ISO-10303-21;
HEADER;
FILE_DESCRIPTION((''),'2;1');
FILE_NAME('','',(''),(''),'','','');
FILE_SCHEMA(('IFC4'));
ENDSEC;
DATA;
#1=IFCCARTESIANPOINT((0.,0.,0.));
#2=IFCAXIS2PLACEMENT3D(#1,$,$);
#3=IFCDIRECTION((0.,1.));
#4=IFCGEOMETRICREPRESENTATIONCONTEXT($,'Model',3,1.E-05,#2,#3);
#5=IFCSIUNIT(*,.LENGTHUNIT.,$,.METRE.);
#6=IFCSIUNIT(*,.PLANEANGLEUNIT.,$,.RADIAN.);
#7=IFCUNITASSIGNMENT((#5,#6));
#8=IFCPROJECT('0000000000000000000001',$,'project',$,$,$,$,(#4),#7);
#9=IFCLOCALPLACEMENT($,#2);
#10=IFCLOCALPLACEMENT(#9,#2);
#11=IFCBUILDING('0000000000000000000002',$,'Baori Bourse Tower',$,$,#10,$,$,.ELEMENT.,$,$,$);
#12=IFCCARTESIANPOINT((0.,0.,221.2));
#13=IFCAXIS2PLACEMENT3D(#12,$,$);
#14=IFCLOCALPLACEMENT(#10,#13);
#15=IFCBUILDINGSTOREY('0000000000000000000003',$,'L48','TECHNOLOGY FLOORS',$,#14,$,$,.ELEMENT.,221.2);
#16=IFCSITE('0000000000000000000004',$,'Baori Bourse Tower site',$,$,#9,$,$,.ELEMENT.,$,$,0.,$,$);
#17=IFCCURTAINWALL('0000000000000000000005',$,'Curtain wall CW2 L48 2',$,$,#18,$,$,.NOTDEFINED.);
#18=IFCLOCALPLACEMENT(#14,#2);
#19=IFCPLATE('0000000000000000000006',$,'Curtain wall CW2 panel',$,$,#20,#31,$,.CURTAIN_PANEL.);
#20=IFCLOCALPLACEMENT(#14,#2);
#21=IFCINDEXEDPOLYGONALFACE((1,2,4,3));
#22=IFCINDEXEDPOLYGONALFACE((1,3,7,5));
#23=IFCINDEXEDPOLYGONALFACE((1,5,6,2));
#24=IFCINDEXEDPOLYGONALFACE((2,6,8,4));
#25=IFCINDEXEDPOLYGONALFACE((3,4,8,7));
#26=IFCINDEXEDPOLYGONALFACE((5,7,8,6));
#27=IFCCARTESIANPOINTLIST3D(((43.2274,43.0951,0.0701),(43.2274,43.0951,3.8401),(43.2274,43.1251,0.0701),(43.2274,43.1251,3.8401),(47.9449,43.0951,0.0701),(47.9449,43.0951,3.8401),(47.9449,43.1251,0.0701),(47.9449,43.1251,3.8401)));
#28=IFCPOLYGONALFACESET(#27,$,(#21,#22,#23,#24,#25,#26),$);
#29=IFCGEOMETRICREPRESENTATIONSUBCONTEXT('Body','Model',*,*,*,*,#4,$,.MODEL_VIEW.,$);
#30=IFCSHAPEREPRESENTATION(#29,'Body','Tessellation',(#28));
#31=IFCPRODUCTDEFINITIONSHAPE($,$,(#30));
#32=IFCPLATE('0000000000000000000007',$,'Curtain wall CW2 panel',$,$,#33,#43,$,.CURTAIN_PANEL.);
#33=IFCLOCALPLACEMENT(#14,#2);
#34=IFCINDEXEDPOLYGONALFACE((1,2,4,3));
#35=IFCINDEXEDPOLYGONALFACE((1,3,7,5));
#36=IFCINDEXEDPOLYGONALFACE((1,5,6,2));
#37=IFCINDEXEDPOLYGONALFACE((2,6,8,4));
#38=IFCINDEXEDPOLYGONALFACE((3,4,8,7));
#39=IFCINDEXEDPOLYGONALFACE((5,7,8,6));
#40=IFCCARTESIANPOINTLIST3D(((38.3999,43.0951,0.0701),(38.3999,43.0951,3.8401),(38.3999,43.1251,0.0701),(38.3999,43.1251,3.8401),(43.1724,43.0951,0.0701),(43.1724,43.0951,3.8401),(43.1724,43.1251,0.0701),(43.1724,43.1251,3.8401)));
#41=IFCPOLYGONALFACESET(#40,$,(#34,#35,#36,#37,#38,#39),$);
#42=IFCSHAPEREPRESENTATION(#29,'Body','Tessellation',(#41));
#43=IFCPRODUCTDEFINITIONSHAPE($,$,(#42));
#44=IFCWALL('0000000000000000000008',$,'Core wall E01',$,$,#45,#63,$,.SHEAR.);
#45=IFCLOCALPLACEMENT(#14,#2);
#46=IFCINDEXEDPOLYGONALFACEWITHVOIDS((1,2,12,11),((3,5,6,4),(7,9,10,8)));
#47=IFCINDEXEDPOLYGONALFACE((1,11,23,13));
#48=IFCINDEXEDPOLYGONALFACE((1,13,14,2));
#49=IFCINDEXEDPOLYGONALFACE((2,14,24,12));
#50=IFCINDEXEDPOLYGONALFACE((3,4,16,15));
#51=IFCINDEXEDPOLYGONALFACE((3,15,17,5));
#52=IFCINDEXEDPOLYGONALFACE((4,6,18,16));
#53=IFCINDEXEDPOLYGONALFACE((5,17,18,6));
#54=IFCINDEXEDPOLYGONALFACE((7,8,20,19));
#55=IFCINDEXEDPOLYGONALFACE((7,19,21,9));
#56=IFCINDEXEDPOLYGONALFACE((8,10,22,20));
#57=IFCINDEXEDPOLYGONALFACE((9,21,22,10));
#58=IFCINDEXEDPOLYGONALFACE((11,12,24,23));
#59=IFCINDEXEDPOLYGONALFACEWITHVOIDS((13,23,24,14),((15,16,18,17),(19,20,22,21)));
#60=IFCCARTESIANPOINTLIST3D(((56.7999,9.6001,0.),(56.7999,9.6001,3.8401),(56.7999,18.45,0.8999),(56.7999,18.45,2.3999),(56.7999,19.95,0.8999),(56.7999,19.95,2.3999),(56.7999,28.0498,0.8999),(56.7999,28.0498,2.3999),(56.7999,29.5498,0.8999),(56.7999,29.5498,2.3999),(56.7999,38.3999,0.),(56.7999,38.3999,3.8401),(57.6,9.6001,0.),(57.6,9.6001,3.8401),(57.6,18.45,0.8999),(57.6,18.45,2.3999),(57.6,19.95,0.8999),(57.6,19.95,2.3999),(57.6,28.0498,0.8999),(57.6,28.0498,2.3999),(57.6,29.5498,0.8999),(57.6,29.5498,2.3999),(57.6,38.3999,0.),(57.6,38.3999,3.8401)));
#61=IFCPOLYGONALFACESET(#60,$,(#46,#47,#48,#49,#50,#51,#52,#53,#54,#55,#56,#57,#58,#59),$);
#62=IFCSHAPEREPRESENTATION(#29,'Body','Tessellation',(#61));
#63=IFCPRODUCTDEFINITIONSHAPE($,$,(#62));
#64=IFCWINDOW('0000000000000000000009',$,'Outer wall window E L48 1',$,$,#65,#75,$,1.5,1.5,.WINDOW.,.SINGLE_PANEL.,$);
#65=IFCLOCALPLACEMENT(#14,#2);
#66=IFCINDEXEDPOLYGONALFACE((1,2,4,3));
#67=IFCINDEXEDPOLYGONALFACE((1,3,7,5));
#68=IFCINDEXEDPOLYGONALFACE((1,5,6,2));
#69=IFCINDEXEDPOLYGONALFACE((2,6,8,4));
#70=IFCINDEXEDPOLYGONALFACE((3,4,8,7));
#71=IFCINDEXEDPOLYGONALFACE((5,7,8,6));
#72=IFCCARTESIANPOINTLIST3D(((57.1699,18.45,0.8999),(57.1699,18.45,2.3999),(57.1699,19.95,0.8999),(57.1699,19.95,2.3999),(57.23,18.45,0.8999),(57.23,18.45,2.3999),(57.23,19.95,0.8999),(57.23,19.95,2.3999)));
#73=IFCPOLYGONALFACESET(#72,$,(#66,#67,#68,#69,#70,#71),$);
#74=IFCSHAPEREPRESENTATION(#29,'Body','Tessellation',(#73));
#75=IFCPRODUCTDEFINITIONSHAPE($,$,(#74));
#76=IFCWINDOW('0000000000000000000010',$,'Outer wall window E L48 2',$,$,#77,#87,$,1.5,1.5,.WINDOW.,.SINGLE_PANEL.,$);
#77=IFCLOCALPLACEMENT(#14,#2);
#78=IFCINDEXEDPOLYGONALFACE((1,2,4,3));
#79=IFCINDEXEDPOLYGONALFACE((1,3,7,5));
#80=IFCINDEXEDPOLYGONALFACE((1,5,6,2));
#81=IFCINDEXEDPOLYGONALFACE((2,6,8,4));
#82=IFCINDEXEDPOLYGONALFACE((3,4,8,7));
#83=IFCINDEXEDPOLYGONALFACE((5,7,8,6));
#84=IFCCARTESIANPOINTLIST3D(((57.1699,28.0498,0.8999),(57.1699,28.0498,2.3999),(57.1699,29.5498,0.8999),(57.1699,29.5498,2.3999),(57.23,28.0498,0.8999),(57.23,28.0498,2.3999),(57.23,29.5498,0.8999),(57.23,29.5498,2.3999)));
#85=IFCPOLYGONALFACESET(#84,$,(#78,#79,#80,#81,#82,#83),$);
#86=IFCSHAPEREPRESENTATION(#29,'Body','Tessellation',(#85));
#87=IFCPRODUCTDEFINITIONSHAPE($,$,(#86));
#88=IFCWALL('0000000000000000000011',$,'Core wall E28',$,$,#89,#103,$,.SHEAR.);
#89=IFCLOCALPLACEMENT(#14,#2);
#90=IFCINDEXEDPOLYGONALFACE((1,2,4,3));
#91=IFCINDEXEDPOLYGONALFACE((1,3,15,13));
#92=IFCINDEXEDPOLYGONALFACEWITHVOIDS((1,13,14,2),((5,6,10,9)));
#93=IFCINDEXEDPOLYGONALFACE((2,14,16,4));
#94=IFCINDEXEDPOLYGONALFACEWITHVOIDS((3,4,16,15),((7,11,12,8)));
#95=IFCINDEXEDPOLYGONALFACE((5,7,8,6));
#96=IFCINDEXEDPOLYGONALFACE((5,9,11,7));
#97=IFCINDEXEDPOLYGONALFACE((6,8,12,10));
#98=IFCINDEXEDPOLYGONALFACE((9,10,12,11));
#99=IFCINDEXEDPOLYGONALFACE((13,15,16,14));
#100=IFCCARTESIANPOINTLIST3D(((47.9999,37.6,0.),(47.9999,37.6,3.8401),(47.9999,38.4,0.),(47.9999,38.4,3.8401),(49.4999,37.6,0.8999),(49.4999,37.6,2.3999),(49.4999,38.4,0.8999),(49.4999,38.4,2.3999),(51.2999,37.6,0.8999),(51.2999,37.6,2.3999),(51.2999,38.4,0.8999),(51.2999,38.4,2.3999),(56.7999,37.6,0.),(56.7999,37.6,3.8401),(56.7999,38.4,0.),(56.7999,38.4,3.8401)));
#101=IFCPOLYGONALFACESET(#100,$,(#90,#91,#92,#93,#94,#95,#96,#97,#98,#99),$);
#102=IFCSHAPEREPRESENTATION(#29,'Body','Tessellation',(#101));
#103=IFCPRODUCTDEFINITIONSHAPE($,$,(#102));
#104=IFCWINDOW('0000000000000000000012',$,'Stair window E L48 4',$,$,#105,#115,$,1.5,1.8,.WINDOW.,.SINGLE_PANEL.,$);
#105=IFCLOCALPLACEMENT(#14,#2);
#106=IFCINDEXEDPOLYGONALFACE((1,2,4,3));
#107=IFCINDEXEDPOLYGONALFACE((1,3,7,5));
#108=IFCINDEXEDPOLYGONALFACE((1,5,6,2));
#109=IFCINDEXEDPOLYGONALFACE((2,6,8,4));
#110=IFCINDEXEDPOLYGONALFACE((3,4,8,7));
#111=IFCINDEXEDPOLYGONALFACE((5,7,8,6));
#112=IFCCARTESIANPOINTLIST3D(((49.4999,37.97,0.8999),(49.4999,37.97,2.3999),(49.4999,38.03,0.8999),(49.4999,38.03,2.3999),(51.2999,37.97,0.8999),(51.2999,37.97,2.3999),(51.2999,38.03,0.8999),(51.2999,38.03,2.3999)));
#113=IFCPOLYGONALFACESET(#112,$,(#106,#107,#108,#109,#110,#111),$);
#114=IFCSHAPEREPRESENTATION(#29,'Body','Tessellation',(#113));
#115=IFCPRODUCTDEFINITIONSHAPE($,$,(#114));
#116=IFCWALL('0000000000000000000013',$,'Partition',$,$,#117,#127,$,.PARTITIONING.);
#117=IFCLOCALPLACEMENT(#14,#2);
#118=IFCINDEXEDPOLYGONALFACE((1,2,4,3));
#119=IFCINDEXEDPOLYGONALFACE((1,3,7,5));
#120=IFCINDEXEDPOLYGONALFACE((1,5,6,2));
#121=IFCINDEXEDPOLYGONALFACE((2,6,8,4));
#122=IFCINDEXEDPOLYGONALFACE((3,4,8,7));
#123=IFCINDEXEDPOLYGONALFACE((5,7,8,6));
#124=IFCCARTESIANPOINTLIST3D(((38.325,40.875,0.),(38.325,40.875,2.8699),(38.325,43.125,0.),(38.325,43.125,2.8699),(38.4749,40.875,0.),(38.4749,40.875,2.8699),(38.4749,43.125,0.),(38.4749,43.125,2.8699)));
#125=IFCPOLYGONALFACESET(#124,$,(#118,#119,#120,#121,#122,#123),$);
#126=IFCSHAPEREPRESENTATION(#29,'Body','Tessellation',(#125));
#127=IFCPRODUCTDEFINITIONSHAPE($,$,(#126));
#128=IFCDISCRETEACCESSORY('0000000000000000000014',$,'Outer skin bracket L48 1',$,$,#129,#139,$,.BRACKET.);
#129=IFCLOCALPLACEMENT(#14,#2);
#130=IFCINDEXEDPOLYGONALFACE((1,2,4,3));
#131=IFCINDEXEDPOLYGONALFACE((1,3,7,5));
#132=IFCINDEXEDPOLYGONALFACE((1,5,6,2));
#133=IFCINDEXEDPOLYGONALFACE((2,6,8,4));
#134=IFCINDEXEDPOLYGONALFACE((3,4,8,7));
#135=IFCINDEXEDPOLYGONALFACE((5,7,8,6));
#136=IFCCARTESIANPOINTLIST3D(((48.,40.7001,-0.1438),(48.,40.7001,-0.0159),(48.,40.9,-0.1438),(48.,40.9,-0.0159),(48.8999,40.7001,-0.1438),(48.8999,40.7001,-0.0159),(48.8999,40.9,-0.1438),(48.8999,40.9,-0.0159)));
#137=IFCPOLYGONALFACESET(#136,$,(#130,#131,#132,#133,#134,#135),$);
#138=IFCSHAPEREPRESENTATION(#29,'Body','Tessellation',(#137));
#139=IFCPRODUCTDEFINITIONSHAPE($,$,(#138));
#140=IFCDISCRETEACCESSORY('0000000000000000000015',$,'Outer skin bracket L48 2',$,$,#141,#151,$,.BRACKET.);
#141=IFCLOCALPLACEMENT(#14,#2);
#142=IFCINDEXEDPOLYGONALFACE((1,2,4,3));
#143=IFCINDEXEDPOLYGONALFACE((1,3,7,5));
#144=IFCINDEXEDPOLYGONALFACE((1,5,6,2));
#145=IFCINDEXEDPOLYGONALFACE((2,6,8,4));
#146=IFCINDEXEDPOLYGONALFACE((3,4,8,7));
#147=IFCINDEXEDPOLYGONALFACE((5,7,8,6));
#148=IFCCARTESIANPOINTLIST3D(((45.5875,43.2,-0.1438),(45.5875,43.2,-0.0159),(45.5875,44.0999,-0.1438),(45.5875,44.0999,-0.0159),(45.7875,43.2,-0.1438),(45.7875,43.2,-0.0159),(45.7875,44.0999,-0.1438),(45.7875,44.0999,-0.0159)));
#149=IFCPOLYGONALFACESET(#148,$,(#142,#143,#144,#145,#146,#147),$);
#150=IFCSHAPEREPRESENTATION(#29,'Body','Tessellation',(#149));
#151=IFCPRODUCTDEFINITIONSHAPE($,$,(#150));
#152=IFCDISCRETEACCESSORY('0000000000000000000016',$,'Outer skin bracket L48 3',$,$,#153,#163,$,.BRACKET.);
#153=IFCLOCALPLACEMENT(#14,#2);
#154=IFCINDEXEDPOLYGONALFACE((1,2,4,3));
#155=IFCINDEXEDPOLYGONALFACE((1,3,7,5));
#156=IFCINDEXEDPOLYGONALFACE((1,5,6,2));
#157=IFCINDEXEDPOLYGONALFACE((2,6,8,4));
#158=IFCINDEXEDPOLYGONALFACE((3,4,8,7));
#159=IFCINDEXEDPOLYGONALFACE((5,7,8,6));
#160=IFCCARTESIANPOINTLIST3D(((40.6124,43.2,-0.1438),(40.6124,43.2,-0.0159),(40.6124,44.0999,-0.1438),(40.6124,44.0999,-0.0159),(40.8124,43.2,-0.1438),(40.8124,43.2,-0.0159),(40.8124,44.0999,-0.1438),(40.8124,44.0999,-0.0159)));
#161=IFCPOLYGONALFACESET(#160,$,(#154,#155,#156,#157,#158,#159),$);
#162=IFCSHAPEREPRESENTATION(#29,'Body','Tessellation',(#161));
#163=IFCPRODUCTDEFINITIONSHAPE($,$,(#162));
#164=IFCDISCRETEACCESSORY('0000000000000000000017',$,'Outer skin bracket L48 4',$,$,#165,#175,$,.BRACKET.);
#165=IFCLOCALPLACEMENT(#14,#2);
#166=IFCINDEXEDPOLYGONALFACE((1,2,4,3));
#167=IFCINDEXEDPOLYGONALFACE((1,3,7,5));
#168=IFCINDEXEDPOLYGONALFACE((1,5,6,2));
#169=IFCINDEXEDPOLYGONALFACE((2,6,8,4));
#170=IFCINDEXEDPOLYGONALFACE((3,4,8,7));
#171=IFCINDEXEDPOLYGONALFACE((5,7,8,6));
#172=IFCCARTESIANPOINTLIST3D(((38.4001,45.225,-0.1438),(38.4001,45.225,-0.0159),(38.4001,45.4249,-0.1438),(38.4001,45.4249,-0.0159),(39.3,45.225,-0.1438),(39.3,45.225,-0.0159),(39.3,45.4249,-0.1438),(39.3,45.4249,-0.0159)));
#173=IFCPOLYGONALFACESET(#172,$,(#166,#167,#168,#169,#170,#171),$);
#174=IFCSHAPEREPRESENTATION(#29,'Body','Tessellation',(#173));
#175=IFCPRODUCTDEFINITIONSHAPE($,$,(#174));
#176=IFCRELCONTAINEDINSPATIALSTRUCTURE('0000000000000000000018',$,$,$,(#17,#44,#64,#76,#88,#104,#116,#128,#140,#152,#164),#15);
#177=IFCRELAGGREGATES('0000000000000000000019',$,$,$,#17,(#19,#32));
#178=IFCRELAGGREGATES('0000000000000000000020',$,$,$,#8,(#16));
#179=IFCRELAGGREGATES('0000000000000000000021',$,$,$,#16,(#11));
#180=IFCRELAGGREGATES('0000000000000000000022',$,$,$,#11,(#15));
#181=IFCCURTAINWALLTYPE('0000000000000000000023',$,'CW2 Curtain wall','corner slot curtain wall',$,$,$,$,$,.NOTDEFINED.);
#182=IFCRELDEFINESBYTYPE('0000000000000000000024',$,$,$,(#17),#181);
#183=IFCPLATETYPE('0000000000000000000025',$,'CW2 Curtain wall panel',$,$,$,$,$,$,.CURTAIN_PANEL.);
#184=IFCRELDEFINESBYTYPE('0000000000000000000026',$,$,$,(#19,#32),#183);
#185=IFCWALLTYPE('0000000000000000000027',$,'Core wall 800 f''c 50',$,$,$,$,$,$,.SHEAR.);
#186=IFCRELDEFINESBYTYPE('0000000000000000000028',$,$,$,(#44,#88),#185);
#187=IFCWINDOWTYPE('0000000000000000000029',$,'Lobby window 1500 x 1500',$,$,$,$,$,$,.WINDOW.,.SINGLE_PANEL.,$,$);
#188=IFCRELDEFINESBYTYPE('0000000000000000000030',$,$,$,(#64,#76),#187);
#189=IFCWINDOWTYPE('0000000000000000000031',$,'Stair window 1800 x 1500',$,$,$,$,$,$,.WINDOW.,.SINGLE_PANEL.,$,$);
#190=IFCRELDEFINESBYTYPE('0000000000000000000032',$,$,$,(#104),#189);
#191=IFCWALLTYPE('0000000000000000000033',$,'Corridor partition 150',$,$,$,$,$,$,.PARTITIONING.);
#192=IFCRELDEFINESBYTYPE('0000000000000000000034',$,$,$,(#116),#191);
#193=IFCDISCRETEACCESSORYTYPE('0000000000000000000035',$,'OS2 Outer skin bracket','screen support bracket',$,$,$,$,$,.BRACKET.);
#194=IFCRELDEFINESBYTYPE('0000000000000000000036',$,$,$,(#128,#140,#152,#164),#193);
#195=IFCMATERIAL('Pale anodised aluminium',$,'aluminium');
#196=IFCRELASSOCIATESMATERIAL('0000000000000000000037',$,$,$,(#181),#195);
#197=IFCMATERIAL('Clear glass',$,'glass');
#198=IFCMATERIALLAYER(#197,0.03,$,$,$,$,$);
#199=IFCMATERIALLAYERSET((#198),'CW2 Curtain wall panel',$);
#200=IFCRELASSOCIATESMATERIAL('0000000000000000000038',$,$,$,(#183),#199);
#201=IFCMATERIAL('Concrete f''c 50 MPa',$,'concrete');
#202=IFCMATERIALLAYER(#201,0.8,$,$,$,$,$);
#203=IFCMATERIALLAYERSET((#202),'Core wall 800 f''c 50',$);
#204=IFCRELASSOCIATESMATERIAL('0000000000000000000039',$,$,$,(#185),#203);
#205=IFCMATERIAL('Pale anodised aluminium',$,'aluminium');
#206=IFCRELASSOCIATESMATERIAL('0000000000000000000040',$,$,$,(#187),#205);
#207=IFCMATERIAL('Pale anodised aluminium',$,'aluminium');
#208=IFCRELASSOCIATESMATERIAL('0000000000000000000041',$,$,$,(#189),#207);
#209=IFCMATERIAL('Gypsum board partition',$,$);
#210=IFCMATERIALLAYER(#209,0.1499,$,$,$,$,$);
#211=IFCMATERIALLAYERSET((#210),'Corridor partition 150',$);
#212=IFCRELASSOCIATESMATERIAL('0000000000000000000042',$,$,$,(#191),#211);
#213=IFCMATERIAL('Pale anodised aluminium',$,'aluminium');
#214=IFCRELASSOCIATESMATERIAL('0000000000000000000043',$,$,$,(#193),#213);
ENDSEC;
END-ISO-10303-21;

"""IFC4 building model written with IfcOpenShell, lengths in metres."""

from ifc_helpers import new_model, si_unit, direction, frame, frame_2d, origin, origin_2d, place, context, subcontext, project, spatial, rectangle, extrude, material, layer, layer_set, type_object, element, fill, aggregate, save


model = new_model("IFC4")

# Units and contexts
model_context = context("Model", 3, precision=1e-05, world=origin(), true_north=direction((0.0, 1.0)))
body_context = subcontext(model_context, "Body", "Model", "MODEL_VIEW")
ifc_project = project(units=[si_unit("LENGTHUNIT", "METRE"), si_unit("PLANEANGLEUNIT", "RADIAN")], contexts=[model_context])

# Site, building, storey
site_placement = place(None, origin())
site = spatial("IfcSite", under=ifc_project, at=site_placement, Name="Baori Bourse Tower site", CompositionType="ELEMENT", RefElevation=0.0)
building_placement = place(site_placement, origin())
building = spatial("IfcBuilding", under=site, at=building_placement, Name="Baori Bourse Tower", CompositionType="ELEMENT")
storey_placement = place(building_placement, frame((0.0, 0.0, 221.2)))
storey = spatial("IfcBuildingStorey", under=building, at=storey_placement, Name="L48", Description="TECHNOLOGY FLOORS", CompositionType="ELEMENT", Elevation=221.2)

# Curtain wall
ifc_material_1 = material(Name="Pale anodised aluminium", Category="aluminium")
curtain_wall_type = type_object("IfcCurtainWallType", Name="CW2 Curtain wall", Description="corner slot curtain wall", PredefinedType="NOTDEFINED", material=ifc_material_1)
curtain_wall_1_placement = place(storey_placement, origin())
curtain_wall_1 = element("IfcCurtainWall", 1, at=curtain_wall_1_placement, inside=storey, type_object=curtain_wall_type, Name="Curtain wall CW2 L48 2", PredefinedType="NOTDEFINED")

# Plates
ifc_material_2 = material(Name="Clear glass", Category="glass")
ifc_layer_1 = layer(ifc_material_2, 0.03)
ifc_layer_set_1 = layer_set([ifc_layer_1], Name="CW2 Curtain wall panel")
plate_type = type_object("IfcPlateType", Name="CW2 Curtain wall panel", PredefinedType="CURTAIN_PANEL", material=ifc_layer_set_1)
plate_1_placement = place(storey_placement, frame((45.5862, 43.1101, 0.0701), z_axis=(0.0, 0.0, 1.0), x_axis=(-1.0, 0.0, 0.0)))
plate_1 = element("IfcPlate", 2, at=plate_1_placement, type_object=plate_type, Name="Curtain wall CW2 panel", PredefinedType="CURTAIN_PANEL", context=body_context, shape_type="SweptSolid", body=[
    extrude(rectangle(XDim=4.7175, YDim=0.03, at=origin_2d()), origin(), (0.0, 0.0, 1.0), 3.77),
])
plate_2_placement = place(storey_placement, frame((40.7861, 43.1101, 0.0701), z_axis=(0.0, 0.0, 1.0), x_axis=(-1.0, 0.0, 0.0)))
plate_2 = element("IfcPlate", 3, at=plate_2_placement, type_object=plate_type, Name="Curtain wall CW2 panel", PredefinedType="CURTAIN_PANEL", context=body_context, shape_type="SweptSolid", body=[
    extrude(rectangle(XDim=4.7725, YDim=0.03, at=origin_2d()), origin(), (0.0, 0.0, 1.0), 3.77),
])
aggregate(curtain_wall_1, [plate_1, plate_2])

# Wall, openings, windows
ifc_material_3 = material(Name="Concrete f'c 50 MPa", Category="concrete")
ifc_layer_2 = layer(ifc_material_3, 0.8)
ifc_layer_set_2 = layer_set([ifc_layer_2], Name="Core wall 800 f'c 50")
wall_type_1 = type_object("IfcWallType", Name="Core wall 800 f'c 50", PredefinedType="SHEAR", material=ifc_layer_set_2)
wall_1_placement = place(storey_placement, frame((57.2, 38.3999, 0.0), z_axis=(0.0, 0.0, 1.0), x_axis=(0.0, -1.0, 0.0)))
wall_1 = element("IfcWall", 4, at=wall_1_placement, inside=storey, type_object=wall_type_1, Name="Core wall E01", PredefinedType="SHEAR", context=body_context, shape_type="SweptSolid", body=[
    extrude(rectangle(XDim=28.7998, YDim=0.8, at=frame_2d((14.3999, 0.0))), origin(), (0.0, 0.0, 1.0), 3.8401),
])
opening_1_placement = place(wall_1_placement, frame((18.45, 0.0, 0.8999)))
opening_1 = element("IfcOpeningElement", 5, at=opening_1_placement, cuts=wall_1, PredefinedType="OPENING", context=body_context, shape_type="SweptSolid", body=[
    extrude(rectangle(XDim=1.5, YDim=1.5, at=frame_2d((0.75, 0.75))), frame((0.0, 0.4099, 0.0), z_axis=(0.0, -1.0, 0.0), x_axis=(1.0, 0.0, 0.0)), (0.0, 0.0, 1.0), 0.8201),
])
opening_2_placement = place(wall_1_placement, frame((8.8501, 0.0, 0.8999)))
opening_2 = element("IfcOpeningElement", 6, at=opening_2_placement, cuts=wall_1, PredefinedType="OPENING", context=body_context, shape_type="SweptSolid", body=[
    extrude(rectangle(XDim=1.5, YDim=1.5, at=frame_2d((0.75, 0.75))), frame((0.0, 0.4099, 0.0), z_axis=(0.0, -1.0, 0.0), x_axis=(1.0, 0.0, 0.0)), (0.0, 0.0, 1.0), 0.8201),
])
ifc_material_4 = material(Name="Pale anodised aluminium", Category="aluminium")
window_type_1 = type_object("IfcWindowType", Name="Lobby window 1500 x 1500", PartitioningType="SINGLE_PANEL", PredefinedType="WINDOW", material=ifc_material_4)
window_1_placement = place(opening_1_placement, origin())
window_1 = element("IfcWindow", 7, at=window_1_placement, inside=storey, type_object=window_type_1, Name="Outer wall window E L48 1", OverallHeight=1.5, OverallWidth=1.5, PartitioningType="SINGLE_PANEL", PredefinedType="WINDOW", context=body_context, shape_type="SweptSolid", body=[
    extrude(rectangle(XDim=1.5, YDim=1.5, at=frame_2d((0.75, 0.75))), frame((0.0, 0.03, 0.0), z_axis=(0.0, -1.0, 0.0), x_axis=(1.0, 0.0, 0.0)), (0.0, 0.0, 1.0), 0.0601),
])
fill(opening_1, window_1)
window_2_placement = place(opening_2_placement, origin())
window_2 = element("IfcWindow", 8, at=window_2_placement, inside=storey, type_object=window_type_1, Name="Outer wall window E L48 2", OverallHeight=1.5, OverallWidth=1.5, PartitioningType="SINGLE_PANEL", PredefinedType="WINDOW", context=body_context, shape_type="SweptSolid", body=[
    extrude(rectangle(XDim=1.5, YDim=1.5, at=frame_2d((0.75, 0.75))), frame((0.0, 0.03, 0.0), z_axis=(0.0, -1.0, 0.0), x_axis=(1.0, 0.0, 0.0)), (0.0, 0.0, 1.0), 0.0601),
])
fill(opening_2, window_2)

# Wall, opening, window
wall_2_placement = place(storey_placement, frame((48.0, 38.0, 0.0), z_axis=(0.0, 0.0, 1.0), x_axis=(1.0, 0.0, 0.0)))
wall_2 = element("IfcWall", 9, at=wall_2_placement, inside=storey, type_object=wall_type_1, Name="Core wall E28", PredefinedType="SHEAR", context=body_context, shape_type="SweptSolid", body=[
    extrude(rectangle(XDim=8.8, YDim=0.8, at=frame_2d((4.3999, 0.0))), origin(), (0.0, 0.0, 1.0), 3.8401),
])
opening_3_placement = place(wall_2_placement, frame((1.5, 0.0, 0.8999)))
opening_3 = element("IfcOpeningElement", 10, at=opening_3_placement, cuts=wall_2, PredefinedType="OPENING", context=body_context, shape_type="SweptSolid", body=[
    extrude(rectangle(XDim=1.8, YDim=1.5, at=frame_2d((0.8999, 0.75))), frame((0.0, 0.4099, 0.0), z_axis=(0.0, -1.0, 0.0), x_axis=(1.0, 0.0, 0.0)), (0.0, 0.0, 1.0), 0.8201),
])
ifc_material_5 = material(Name="Pale anodised aluminium", Category="aluminium")
window_type_2 = type_object("IfcWindowType", Name="Stair window 1800 x 1500", PartitioningType="SINGLE_PANEL", PredefinedType="WINDOW", material=ifc_material_5)
window_3_placement = place(opening_3_placement, origin())
window_3 = element("IfcWindow", 11, at=window_3_placement, inside=storey, type_object=window_type_2, Name="Stair window E L48 4", OverallHeight=1.5, OverallWidth=1.8, PartitioningType="SINGLE_PANEL", PredefinedType="WINDOW", context=body_context, shape_type="SweptSolid", body=[
    extrude(rectangle(XDim=1.8, YDim=1.5, at=frame_2d((0.8999, 0.75))), frame((0.0, 0.03, 0.0), z_axis=(0.0, -1.0, 0.0), x_axis=(1.0, 0.0, 0.0)), (0.0, 0.0, 1.0), 0.0601),
])
fill(opening_3, window_3)

# Wall
ifc_material_6 = material(Name="Gypsum board partition")
ifc_layer_3 = layer(ifc_material_6, 0.1499)
ifc_layer_set_3 = layer_set([ifc_layer_3], Name="Corridor partition 150")
wall_type_2 = type_object("IfcWallType", Name="Corridor partition 150", PredefinedType="PARTITIONING", material=ifc_layer_set_3)
wall_3_placement = place(storey_placement, frame((38.3999, 40.875, 0.0), z_axis=(0.0, 0.0, 1.0), x_axis=(0.0, 1.0, 0.0)))
element("IfcWall", 12, at=wall_3_placement, inside=storey, type_object=wall_type_2, Name="Partition", PredefinedType="PARTITIONING", context=body_context, shape_type="SweptSolid", body=[
    extrude(rectangle(XDim=2.25, YDim=0.1499, at=frame_2d((1.125, 0.0))), origin(), (0.0, 0.0, 1.0), 2.8699),
])

# Discrete accessories
ifc_material_7 = material(Name="Pale anodised aluminium", Category="aluminium")
discrete_accessory_type = type_object("IfcDiscreteAccessoryType", Name="OS2 Outer skin bracket", Description="screen support bracket", PredefinedType="BRACKET", material=ifc_material_7)
for number, where, z_axis, x_axis, name in (
    (13, (48.45, 40.8, -0.1438), (0.0, 0.0, 1.0), (0.0, 1.0, 0.0), "Outer skin bracket L48 1"),
    (14, (45.6875, 43.6499, -0.1438), (0.0, 0.0, 1.0), (-1.0, 0.0, 0.0), "Outer skin bracket L48 2"),
    (15, (40.7124, 43.6499, -0.1438), (0.0, 0.0, 1.0), (-1.0, 0.0, 0.0), "Outer skin bracket L48 3"),
    (16, (38.8501, 45.325, -0.1438), (0.0, 0.0, 1.0), (0.0, 1.0, 0.0), "Outer skin bracket L48 4"),
):
    element("IfcDiscreteAccessory", number, at=place(storey_placement, frame(where, z_axis=z_axis, x_axis=x_axis)), inside=storey, type_object=discrete_accessory_type, Name=name, PredefinedType="BRACKET", context=body_context, shape_type="SweptSolid", body=[
        extrude(rectangle(XDim=0.2, YDim=0.8999, at=origin_2d()), origin(), (0.0, 0.0, 1.0), 0.1279),
    ])

save(model, "model.ifc")
